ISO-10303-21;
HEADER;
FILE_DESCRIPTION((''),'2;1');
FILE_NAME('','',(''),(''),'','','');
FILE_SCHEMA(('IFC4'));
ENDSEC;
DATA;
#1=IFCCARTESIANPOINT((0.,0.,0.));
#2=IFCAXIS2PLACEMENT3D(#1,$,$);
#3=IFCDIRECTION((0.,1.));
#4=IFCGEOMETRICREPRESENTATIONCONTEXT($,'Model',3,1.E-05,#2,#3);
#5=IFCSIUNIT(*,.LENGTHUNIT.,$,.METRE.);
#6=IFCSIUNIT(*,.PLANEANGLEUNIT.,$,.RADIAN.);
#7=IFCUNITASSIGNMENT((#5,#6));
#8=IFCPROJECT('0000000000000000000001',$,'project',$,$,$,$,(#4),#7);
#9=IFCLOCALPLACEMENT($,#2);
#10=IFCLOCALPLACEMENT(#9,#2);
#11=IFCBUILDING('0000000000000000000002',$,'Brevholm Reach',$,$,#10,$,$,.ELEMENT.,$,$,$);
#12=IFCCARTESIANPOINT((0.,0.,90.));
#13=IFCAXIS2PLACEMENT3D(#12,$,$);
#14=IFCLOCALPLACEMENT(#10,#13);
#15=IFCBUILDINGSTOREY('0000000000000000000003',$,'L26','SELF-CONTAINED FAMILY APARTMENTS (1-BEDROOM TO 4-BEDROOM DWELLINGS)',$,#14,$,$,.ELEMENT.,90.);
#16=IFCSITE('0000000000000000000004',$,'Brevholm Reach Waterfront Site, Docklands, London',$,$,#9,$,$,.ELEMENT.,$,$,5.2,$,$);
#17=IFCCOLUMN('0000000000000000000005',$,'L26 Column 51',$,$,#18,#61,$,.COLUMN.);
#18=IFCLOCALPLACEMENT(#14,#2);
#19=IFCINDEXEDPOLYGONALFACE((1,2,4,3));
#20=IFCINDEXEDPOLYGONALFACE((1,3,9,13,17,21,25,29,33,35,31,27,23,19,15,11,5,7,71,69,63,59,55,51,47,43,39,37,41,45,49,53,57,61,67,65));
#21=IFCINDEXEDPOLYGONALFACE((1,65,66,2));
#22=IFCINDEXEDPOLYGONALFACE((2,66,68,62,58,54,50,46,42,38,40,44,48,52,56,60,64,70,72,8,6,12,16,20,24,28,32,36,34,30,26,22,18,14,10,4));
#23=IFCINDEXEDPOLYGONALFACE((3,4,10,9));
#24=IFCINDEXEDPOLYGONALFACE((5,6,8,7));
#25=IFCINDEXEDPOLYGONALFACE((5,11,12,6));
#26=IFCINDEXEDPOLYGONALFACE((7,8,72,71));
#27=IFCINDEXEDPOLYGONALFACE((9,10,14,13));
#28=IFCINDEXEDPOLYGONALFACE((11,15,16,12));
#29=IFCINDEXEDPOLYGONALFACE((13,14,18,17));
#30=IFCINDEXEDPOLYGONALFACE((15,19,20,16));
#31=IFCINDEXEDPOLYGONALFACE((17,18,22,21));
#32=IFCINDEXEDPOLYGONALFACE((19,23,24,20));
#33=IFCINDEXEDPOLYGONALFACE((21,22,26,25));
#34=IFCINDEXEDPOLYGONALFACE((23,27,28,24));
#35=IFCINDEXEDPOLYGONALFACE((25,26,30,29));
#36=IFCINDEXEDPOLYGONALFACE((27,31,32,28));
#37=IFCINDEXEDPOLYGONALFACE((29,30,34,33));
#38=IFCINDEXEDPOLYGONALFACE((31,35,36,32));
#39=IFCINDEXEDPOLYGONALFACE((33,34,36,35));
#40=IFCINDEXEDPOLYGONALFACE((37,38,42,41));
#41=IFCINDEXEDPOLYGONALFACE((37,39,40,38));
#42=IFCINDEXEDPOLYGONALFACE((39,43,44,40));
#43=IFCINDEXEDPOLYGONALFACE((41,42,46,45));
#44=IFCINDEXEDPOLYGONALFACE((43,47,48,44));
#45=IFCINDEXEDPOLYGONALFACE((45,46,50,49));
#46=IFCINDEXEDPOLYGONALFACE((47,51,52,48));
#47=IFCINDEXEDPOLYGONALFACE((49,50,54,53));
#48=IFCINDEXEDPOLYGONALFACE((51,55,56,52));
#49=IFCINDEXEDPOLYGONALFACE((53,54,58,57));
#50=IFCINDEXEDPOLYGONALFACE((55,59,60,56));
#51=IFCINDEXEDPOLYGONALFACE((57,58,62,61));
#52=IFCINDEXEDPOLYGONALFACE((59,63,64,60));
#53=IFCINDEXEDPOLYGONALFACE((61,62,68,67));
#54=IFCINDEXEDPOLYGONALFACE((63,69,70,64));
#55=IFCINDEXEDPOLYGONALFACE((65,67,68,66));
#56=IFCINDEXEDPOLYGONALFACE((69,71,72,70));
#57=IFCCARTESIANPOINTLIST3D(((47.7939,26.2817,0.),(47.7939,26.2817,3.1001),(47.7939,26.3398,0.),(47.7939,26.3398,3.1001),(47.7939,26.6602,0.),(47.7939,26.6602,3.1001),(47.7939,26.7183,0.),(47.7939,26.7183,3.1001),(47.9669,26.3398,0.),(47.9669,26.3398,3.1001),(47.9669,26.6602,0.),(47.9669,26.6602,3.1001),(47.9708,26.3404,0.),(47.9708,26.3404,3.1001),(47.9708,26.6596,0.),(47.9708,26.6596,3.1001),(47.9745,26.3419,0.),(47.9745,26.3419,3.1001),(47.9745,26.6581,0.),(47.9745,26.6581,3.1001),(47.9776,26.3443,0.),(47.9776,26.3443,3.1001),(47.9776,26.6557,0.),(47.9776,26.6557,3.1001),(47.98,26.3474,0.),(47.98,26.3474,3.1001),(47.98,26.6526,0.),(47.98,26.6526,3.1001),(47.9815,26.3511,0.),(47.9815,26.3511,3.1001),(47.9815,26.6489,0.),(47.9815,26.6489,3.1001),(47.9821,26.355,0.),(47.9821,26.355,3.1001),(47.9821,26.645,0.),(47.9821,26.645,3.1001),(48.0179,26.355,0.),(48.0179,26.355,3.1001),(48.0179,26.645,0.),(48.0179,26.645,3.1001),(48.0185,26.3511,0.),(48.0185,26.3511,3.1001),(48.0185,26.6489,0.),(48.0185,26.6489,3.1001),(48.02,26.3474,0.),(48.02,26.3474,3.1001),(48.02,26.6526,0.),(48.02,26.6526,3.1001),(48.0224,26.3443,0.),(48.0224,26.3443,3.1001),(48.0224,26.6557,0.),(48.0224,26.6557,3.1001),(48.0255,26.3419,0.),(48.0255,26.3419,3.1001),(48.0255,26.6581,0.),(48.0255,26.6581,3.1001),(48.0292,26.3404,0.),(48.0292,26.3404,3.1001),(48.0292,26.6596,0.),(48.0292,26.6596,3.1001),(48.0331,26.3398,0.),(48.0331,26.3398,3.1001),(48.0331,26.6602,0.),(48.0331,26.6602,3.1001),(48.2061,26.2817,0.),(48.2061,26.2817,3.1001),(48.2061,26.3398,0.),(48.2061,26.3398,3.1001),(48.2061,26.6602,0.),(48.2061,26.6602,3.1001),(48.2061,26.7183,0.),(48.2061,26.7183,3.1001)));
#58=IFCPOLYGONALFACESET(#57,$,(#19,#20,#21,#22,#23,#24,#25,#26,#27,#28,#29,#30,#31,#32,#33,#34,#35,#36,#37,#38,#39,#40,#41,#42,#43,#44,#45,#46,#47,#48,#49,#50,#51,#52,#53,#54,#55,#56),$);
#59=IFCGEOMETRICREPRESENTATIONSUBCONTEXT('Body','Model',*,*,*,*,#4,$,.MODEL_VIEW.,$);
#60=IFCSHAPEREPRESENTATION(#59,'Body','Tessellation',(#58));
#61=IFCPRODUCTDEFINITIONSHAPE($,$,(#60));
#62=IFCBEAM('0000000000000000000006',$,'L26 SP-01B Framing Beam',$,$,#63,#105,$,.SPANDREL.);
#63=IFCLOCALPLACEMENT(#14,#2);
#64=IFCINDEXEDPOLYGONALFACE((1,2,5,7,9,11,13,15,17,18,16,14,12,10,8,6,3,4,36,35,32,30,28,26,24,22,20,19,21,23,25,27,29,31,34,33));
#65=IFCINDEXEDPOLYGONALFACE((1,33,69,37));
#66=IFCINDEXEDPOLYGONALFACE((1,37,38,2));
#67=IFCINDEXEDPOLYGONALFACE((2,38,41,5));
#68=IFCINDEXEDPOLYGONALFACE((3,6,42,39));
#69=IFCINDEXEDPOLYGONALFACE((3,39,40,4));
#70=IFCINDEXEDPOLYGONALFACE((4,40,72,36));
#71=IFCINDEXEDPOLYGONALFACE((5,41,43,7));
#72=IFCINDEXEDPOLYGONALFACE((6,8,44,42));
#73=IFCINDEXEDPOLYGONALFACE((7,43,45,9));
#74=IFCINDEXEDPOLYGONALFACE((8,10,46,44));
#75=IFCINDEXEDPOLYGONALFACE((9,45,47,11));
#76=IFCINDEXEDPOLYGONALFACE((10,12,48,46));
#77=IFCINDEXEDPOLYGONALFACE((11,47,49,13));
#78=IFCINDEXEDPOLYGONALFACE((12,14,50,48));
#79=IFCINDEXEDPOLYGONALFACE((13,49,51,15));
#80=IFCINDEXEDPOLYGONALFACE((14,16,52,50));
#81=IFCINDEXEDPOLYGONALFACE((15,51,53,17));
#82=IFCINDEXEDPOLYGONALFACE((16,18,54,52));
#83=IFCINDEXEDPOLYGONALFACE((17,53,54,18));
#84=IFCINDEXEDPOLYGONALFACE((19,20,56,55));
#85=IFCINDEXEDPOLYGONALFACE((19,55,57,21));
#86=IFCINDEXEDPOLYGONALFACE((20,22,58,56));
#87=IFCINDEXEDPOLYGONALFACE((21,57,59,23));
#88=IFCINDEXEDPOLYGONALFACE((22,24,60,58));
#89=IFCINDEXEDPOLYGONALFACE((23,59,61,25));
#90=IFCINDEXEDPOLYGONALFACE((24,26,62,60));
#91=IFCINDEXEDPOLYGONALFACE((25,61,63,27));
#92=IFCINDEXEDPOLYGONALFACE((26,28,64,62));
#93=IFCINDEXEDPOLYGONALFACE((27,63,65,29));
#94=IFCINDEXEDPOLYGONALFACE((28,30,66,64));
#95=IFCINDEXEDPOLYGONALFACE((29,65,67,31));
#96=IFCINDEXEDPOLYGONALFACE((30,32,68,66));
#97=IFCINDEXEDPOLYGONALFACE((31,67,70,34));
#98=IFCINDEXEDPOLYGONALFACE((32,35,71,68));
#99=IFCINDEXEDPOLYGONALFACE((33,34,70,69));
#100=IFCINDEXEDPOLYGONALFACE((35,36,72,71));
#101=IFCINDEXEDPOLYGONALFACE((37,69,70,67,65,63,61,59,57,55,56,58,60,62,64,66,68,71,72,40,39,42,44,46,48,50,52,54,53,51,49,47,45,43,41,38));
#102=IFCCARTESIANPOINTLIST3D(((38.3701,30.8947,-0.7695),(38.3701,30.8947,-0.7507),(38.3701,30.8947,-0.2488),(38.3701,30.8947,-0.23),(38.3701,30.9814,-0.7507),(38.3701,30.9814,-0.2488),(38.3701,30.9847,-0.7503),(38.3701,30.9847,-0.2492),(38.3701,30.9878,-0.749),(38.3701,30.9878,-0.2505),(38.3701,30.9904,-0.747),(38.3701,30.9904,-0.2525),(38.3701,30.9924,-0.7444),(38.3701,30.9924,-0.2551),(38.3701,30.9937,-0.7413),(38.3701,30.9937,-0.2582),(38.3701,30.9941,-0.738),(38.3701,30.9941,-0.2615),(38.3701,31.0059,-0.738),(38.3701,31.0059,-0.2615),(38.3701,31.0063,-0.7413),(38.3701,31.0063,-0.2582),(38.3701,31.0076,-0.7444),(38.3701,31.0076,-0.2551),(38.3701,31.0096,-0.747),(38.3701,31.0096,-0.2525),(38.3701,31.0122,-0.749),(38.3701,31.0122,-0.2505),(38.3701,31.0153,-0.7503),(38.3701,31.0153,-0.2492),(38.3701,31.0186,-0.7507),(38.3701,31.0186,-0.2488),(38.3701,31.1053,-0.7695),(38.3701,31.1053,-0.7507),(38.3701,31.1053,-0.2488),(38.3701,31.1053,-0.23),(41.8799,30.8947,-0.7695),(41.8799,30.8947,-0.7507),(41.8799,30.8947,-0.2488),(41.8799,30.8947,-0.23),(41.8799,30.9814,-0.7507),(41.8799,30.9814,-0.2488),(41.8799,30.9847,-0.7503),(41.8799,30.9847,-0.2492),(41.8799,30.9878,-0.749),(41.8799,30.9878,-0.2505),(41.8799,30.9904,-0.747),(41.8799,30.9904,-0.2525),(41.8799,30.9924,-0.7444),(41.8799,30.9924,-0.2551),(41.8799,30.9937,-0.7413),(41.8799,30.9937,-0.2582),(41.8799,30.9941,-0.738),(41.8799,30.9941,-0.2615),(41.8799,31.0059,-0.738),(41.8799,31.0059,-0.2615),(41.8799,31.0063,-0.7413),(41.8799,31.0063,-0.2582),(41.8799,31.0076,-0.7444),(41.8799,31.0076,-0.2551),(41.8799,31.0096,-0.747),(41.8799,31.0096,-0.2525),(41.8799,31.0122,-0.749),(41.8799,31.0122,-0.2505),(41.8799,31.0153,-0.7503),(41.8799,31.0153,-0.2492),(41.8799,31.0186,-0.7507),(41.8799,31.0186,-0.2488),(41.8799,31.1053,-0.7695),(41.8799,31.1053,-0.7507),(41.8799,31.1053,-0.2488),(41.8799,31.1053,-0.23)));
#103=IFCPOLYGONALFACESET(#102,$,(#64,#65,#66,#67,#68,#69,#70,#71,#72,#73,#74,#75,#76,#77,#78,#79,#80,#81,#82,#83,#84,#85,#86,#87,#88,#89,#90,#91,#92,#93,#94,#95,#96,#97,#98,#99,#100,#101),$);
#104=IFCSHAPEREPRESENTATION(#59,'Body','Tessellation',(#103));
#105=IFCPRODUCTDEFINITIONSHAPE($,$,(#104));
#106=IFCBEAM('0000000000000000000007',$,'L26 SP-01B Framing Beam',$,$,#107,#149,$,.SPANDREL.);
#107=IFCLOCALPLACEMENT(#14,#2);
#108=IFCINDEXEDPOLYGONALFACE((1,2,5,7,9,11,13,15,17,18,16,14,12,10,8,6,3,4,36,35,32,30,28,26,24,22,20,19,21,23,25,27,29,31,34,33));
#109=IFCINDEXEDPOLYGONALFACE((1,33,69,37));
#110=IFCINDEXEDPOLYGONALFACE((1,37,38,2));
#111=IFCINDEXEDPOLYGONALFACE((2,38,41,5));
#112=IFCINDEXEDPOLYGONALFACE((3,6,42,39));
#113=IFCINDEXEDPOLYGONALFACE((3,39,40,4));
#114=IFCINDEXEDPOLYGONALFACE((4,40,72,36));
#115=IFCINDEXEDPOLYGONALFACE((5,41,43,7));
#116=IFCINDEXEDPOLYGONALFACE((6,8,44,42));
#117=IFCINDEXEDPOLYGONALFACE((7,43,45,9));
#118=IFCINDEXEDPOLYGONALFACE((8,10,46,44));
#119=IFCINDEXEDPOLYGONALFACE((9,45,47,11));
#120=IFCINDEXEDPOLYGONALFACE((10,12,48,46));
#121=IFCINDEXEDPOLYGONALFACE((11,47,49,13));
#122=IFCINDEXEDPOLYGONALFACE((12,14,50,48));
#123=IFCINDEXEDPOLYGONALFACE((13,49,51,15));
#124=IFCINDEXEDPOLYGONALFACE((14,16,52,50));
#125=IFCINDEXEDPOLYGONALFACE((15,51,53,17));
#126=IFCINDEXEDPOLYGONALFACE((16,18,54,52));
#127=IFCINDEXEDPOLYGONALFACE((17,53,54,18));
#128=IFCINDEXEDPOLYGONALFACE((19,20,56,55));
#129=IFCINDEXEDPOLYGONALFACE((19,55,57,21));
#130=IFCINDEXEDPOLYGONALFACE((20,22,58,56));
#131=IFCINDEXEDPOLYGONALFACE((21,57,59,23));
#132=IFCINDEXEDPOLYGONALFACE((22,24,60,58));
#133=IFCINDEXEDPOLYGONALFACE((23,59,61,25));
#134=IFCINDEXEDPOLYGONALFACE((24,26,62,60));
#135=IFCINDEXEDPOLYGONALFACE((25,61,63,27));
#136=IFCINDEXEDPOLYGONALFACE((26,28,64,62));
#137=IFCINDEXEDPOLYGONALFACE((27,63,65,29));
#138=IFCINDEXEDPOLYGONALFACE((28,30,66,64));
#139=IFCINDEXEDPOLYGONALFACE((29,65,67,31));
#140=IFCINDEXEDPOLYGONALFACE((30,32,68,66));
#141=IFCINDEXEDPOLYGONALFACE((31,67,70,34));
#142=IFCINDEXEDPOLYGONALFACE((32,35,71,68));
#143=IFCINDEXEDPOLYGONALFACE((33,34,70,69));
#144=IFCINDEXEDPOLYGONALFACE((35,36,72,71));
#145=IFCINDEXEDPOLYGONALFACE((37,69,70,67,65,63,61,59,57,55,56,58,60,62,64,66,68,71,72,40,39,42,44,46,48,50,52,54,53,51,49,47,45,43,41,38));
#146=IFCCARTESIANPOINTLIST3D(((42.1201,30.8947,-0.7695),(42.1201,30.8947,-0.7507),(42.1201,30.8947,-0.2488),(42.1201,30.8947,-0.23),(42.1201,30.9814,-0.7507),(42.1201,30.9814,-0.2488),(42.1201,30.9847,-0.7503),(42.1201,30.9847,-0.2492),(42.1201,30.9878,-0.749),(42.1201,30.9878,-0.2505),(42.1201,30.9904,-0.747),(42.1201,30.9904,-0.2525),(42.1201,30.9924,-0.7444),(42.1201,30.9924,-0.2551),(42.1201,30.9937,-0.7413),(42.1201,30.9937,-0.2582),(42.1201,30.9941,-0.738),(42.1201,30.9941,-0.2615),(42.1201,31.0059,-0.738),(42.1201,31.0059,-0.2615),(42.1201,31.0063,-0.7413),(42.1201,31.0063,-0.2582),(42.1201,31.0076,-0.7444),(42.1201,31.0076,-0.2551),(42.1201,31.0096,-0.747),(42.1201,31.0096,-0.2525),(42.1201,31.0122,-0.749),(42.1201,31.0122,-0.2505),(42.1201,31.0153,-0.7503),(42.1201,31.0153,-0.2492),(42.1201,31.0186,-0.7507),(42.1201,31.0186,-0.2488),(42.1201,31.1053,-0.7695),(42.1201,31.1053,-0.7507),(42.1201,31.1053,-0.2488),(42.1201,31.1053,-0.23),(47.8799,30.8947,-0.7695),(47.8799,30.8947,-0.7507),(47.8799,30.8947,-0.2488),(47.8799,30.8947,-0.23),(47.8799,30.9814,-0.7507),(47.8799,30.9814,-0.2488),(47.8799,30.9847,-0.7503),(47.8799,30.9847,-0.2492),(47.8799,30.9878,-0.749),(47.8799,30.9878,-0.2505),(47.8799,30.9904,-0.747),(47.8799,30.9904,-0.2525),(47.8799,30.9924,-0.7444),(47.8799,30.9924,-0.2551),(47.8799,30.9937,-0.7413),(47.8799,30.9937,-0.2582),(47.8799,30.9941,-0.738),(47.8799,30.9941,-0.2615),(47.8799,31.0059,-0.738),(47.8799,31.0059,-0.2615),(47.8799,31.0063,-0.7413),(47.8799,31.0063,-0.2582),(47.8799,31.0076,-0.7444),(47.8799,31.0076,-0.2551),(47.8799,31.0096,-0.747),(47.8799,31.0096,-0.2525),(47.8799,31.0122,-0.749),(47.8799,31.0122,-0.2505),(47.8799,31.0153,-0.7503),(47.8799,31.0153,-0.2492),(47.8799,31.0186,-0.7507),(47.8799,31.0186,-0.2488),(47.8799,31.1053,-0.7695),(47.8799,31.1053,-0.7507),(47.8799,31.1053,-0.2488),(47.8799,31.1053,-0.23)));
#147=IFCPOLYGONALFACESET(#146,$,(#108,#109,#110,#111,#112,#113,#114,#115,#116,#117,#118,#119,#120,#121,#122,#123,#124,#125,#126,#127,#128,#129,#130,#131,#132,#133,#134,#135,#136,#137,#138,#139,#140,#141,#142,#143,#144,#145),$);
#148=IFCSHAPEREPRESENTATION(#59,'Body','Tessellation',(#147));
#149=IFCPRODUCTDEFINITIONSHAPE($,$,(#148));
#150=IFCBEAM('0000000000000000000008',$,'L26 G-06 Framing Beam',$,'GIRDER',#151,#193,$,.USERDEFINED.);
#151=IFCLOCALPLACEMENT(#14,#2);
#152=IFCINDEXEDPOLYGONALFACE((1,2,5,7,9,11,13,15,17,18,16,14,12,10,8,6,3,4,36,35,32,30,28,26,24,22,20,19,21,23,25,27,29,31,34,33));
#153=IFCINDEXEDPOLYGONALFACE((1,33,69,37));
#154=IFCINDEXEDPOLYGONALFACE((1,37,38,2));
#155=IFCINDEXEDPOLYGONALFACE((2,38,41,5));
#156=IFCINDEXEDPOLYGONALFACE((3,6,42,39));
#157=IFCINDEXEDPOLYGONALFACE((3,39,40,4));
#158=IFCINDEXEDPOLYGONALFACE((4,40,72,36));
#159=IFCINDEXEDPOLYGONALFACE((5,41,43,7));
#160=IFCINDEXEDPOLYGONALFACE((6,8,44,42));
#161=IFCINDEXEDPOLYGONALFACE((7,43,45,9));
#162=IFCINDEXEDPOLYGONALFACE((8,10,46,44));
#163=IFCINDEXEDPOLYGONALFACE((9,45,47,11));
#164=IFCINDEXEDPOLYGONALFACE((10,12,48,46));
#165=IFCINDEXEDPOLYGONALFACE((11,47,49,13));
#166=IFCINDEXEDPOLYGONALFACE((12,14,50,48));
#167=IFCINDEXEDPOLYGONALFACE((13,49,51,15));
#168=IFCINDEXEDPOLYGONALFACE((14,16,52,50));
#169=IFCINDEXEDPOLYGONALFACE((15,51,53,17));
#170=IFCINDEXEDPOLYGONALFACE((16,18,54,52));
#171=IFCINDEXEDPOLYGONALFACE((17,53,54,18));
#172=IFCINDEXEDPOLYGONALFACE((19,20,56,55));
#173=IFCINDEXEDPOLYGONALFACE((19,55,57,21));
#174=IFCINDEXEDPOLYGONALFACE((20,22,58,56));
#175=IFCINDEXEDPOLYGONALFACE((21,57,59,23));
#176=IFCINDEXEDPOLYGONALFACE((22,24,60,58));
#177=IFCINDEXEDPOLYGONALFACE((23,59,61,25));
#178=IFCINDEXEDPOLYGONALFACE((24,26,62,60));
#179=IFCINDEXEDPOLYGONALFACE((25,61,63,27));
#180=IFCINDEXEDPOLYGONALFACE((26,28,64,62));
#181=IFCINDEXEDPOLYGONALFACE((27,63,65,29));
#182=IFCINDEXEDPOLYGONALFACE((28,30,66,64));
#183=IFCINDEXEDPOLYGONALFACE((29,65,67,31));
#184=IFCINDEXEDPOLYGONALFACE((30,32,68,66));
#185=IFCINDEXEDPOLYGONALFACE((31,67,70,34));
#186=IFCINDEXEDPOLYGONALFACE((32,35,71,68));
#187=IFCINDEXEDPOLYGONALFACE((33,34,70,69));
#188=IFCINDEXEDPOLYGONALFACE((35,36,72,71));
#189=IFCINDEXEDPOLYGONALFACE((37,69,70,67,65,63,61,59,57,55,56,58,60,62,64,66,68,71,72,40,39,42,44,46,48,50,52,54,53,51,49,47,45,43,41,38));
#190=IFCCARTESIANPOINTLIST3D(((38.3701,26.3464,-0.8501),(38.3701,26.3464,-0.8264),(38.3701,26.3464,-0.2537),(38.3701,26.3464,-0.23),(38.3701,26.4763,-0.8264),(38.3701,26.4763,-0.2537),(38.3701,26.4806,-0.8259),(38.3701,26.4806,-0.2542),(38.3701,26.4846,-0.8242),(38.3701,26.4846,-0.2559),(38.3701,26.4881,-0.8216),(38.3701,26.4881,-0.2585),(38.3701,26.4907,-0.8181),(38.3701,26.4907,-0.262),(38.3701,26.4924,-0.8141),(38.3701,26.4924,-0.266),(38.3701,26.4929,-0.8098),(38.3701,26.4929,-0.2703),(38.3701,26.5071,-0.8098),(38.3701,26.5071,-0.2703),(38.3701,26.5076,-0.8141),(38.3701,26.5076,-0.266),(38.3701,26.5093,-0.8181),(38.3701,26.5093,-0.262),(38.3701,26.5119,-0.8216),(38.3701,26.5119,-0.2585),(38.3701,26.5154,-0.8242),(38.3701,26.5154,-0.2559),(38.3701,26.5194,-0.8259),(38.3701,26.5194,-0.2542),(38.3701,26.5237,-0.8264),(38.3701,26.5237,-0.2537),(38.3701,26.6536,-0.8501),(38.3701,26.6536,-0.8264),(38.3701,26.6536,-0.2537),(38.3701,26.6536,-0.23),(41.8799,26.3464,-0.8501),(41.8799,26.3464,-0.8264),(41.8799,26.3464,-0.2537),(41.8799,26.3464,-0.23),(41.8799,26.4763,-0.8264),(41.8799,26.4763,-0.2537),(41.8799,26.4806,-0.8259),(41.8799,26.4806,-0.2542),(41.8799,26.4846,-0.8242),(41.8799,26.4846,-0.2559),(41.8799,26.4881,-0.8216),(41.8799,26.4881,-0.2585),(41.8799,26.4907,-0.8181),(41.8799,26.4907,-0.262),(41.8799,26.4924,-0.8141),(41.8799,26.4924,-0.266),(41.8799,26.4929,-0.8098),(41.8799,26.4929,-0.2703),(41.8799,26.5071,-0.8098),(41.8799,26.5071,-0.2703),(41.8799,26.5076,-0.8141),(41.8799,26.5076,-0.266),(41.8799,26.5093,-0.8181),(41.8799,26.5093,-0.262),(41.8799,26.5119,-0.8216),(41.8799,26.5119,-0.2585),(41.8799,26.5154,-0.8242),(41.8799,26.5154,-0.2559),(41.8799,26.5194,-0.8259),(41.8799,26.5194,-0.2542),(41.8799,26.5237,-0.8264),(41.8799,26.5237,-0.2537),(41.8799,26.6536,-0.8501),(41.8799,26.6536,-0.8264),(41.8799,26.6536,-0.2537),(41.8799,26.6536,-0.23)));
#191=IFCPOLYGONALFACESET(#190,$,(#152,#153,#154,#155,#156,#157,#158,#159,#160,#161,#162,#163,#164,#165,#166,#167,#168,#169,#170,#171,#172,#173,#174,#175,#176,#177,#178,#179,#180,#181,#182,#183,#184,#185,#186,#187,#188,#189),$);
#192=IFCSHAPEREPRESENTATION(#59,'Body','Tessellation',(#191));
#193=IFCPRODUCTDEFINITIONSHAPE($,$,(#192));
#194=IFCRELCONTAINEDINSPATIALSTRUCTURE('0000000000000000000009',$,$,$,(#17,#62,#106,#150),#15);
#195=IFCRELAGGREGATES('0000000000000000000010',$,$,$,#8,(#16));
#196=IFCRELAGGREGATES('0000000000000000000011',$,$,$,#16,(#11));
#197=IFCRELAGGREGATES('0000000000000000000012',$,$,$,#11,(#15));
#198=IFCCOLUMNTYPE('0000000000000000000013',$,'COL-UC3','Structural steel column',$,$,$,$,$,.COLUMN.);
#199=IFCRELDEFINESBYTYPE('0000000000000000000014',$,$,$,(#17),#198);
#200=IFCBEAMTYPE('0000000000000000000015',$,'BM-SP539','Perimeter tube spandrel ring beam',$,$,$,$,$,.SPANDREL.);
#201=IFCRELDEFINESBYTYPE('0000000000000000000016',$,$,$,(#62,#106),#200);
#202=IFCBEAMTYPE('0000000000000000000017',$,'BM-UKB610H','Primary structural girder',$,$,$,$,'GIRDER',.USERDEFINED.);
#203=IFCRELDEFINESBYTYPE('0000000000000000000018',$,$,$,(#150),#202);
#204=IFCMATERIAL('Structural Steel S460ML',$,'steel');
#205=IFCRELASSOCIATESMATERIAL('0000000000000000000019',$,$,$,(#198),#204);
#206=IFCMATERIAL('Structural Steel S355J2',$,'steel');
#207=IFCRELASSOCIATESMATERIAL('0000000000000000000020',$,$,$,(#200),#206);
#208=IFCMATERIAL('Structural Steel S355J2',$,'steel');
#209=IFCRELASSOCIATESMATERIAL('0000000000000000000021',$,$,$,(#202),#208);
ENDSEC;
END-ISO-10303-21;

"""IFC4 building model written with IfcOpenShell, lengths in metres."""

from ifc_helpers import new_model, si_unit, direction, frame, origin, origin_2d, place, context, subcontext, project, spatial, i_section, extrude, material, material_profile, profile_set, type_object, element, save


model = new_model("IFC4")

# Units and contexts
model_context = context("Model", 3, precision=1e-05, world=origin(), true_north=direction((0.0, 1.0)))
body_context = subcontext(model_context, "Body", "Model", "MODEL_VIEW")
ifc_project = project(units=[si_unit("LENGTHUNIT", "METRE"), si_unit("PLANEANGLEUNIT", "RADIAN")], contexts=[model_context])

# Site, building, storey
site_placement = place(None, origin())
site = spatial("IfcSite", under=ifc_project, at=site_placement, Name="Brevholm Reach Waterfront Site, Docklands, London", CompositionType="ELEMENT", RefElevation=5.2)
building_placement = place(site_placement, origin())
building = spatial("IfcBuilding", under=site, at=building_placement, Name="Brevholm Reach", CompositionType="ELEMENT")
storey_placement = place(building_placement, frame((0.0, 0.0, 90.0)))
storey = spatial("IfcBuildingStorey", under=building, at=storey_placement, Name="L26", Description="SELF-CONTAINED FAMILY APARTMENTS (1-BEDROOM TO 4-BEDROOM DWELLINGS)", CompositionType="ELEMENT", Elevation=90.0)

# Column
ifc_material_1 = material(Name="Structural Steel S460ML", Category="steel")
ifc_material_profile_1 = material_profile(ifc_material_1, i_section(OverallWidth=0.4121, OverallDepth=0.4365, WebThickness=0.0359, FlangeThickness=0.0581, FilletRadius=0.0151, at=origin_2d()), Name="UKC 356x406x467")
ifc_profile_set_1 = profile_set([ifc_material_profile_1], Name="Structural Steel S460ML")
column_type_1 = type_object("IfcColumnType", Name="COL-UC3", Description="Structural steel column", PredefinedType="COLUMN", material=ifc_profile_set_1)
for number, where, z_axis, x_axis, name in (
    (1, (48.0, 26.5, 0.0), (0.0, 0.0, 1.0), (1.0, 0.0, 0.0), "L26 Column 51"),
):
    element("IfcColumn", number, at=place(storey_placement, frame(where, z_axis=z_axis, x_axis=x_axis)), inside=storey, type_object=column_type_1, Name=name, PredefinedType="COLUMN", context=body_context, shape_type="SweptSolid", body=[
        extrude(i_section(OverallWidth=0.4121, OverallDepth=0.4365, WebThickness=0.0359, FlangeThickness=0.0581, FilletRadius=0.0151, at=origin_2d()), origin(), (0.0, 0.0, 1.0), 3.1001),
    ])

# Beams
ifc_material_2 = material(Name="Structural Steel S355J2", Category="steel")
ifc_material_profile_2 = material_profile(ifc_material_2, i_section(OverallWidth=0.2107, OverallDepth=0.5396, WebThickness=0.0117, FlangeThickness=0.0188, FilletRadius=0.0127, at=origin_2d()), Name="UKB 533x210x109")
ifc_profile_set_2 = profile_set([ifc_material_profile_2], Name="Structural Steel S355J2")
beam_type_1 = type_object("IfcBeamType", Name="BM-SP539", Description="Perimeter tube spandrel ring beam", PredefinedType="SPANDREL", material=ifc_profile_set_2)
beam_1_placement = place(storey_placement, frame((38.3701, 31.0, -0.4998), z_axis=(1.0, 0.0, 0.0), x_axis=(0.0, 1.0, 0.0)))
element("IfcBeam", 2, at=beam_1_placement, inside=storey, type_object=beam_type_1, Name="L26 SP-01B Framing Beam", PredefinedType="SPANDREL", context=body_context, shape_type="SweptSolid", body=[
    extrude(i_section(OverallWidth=0.2107, OverallDepth=0.5396, WebThickness=0.0117, FlangeThickness=0.0188, FilletRadius=0.0127, at=origin_2d()), origin(), (0.0, 0.0, 1.0), 3.5098),
])
beam_2_placement = place(storey_placement, frame((42.1201, 31.0, -0.4998), z_axis=(1.0, 0.0, 0.0), x_axis=(0.0, 1.0, 0.0)))
element("IfcBeam", 3, at=beam_2_placement, inside=storey, type_object=beam_type_1, Name="L26 SP-01B Framing Beam", PredefinedType="SPANDREL", context=body_context, shape_type="SweptSolid", body=[
    extrude(i_section(OverallWidth=0.2107, OverallDepth=0.5396, WebThickness=0.0117, FlangeThickness=0.0188, FilletRadius=0.0127, at=origin_2d()), origin(), (0.0, 0.0, 1.0), 5.7598),
])
ifc_material_3 = material(Name="Structural Steel S355J2", Category="steel")
ifc_material_profile_3 = material_profile(ifc_material_3, i_section(OverallWidth=0.3071, OverallDepth=0.6201, WebThickness=0.0142, FlangeThickness=0.0237, FilletRadius=0.0166, at=origin_2d()), Name="UKB 610x305x179")
ifc_profile_set_3 = profile_set([ifc_material_profile_3], Name="Structural Steel S355J2")
beam_type_2 = type_object("IfcBeamType", Name="BM-UKB610H", Description="Primary structural girder", ElementType="GIRDER", PredefinedType="USERDEFINED", material=ifc_profile_set_3)
beam_3_placement = place(storey_placement, frame((38.3701, 26.5, -0.54), z_axis=(1.0, 0.0, 0.0), x_axis=(0.0, 1.0, 0.0)))
element("IfcBeam", 4, at=beam_3_placement, inside=storey, type_object=beam_type_2, Name="L26 G-06 Framing Beam", ObjectType="GIRDER", PredefinedType="USERDEFINED", context=body_context, shape_type="SweptSolid", body=[
    extrude(i_section(OverallWidth=0.3071, OverallDepth=0.6201, WebThickness=0.0142, FlangeThickness=0.0237, FilletRadius=0.0166, at=origin_2d()), origin(), (0.0, 0.0, 1.0), 3.5098),
])

save(model, "model.ifc")
